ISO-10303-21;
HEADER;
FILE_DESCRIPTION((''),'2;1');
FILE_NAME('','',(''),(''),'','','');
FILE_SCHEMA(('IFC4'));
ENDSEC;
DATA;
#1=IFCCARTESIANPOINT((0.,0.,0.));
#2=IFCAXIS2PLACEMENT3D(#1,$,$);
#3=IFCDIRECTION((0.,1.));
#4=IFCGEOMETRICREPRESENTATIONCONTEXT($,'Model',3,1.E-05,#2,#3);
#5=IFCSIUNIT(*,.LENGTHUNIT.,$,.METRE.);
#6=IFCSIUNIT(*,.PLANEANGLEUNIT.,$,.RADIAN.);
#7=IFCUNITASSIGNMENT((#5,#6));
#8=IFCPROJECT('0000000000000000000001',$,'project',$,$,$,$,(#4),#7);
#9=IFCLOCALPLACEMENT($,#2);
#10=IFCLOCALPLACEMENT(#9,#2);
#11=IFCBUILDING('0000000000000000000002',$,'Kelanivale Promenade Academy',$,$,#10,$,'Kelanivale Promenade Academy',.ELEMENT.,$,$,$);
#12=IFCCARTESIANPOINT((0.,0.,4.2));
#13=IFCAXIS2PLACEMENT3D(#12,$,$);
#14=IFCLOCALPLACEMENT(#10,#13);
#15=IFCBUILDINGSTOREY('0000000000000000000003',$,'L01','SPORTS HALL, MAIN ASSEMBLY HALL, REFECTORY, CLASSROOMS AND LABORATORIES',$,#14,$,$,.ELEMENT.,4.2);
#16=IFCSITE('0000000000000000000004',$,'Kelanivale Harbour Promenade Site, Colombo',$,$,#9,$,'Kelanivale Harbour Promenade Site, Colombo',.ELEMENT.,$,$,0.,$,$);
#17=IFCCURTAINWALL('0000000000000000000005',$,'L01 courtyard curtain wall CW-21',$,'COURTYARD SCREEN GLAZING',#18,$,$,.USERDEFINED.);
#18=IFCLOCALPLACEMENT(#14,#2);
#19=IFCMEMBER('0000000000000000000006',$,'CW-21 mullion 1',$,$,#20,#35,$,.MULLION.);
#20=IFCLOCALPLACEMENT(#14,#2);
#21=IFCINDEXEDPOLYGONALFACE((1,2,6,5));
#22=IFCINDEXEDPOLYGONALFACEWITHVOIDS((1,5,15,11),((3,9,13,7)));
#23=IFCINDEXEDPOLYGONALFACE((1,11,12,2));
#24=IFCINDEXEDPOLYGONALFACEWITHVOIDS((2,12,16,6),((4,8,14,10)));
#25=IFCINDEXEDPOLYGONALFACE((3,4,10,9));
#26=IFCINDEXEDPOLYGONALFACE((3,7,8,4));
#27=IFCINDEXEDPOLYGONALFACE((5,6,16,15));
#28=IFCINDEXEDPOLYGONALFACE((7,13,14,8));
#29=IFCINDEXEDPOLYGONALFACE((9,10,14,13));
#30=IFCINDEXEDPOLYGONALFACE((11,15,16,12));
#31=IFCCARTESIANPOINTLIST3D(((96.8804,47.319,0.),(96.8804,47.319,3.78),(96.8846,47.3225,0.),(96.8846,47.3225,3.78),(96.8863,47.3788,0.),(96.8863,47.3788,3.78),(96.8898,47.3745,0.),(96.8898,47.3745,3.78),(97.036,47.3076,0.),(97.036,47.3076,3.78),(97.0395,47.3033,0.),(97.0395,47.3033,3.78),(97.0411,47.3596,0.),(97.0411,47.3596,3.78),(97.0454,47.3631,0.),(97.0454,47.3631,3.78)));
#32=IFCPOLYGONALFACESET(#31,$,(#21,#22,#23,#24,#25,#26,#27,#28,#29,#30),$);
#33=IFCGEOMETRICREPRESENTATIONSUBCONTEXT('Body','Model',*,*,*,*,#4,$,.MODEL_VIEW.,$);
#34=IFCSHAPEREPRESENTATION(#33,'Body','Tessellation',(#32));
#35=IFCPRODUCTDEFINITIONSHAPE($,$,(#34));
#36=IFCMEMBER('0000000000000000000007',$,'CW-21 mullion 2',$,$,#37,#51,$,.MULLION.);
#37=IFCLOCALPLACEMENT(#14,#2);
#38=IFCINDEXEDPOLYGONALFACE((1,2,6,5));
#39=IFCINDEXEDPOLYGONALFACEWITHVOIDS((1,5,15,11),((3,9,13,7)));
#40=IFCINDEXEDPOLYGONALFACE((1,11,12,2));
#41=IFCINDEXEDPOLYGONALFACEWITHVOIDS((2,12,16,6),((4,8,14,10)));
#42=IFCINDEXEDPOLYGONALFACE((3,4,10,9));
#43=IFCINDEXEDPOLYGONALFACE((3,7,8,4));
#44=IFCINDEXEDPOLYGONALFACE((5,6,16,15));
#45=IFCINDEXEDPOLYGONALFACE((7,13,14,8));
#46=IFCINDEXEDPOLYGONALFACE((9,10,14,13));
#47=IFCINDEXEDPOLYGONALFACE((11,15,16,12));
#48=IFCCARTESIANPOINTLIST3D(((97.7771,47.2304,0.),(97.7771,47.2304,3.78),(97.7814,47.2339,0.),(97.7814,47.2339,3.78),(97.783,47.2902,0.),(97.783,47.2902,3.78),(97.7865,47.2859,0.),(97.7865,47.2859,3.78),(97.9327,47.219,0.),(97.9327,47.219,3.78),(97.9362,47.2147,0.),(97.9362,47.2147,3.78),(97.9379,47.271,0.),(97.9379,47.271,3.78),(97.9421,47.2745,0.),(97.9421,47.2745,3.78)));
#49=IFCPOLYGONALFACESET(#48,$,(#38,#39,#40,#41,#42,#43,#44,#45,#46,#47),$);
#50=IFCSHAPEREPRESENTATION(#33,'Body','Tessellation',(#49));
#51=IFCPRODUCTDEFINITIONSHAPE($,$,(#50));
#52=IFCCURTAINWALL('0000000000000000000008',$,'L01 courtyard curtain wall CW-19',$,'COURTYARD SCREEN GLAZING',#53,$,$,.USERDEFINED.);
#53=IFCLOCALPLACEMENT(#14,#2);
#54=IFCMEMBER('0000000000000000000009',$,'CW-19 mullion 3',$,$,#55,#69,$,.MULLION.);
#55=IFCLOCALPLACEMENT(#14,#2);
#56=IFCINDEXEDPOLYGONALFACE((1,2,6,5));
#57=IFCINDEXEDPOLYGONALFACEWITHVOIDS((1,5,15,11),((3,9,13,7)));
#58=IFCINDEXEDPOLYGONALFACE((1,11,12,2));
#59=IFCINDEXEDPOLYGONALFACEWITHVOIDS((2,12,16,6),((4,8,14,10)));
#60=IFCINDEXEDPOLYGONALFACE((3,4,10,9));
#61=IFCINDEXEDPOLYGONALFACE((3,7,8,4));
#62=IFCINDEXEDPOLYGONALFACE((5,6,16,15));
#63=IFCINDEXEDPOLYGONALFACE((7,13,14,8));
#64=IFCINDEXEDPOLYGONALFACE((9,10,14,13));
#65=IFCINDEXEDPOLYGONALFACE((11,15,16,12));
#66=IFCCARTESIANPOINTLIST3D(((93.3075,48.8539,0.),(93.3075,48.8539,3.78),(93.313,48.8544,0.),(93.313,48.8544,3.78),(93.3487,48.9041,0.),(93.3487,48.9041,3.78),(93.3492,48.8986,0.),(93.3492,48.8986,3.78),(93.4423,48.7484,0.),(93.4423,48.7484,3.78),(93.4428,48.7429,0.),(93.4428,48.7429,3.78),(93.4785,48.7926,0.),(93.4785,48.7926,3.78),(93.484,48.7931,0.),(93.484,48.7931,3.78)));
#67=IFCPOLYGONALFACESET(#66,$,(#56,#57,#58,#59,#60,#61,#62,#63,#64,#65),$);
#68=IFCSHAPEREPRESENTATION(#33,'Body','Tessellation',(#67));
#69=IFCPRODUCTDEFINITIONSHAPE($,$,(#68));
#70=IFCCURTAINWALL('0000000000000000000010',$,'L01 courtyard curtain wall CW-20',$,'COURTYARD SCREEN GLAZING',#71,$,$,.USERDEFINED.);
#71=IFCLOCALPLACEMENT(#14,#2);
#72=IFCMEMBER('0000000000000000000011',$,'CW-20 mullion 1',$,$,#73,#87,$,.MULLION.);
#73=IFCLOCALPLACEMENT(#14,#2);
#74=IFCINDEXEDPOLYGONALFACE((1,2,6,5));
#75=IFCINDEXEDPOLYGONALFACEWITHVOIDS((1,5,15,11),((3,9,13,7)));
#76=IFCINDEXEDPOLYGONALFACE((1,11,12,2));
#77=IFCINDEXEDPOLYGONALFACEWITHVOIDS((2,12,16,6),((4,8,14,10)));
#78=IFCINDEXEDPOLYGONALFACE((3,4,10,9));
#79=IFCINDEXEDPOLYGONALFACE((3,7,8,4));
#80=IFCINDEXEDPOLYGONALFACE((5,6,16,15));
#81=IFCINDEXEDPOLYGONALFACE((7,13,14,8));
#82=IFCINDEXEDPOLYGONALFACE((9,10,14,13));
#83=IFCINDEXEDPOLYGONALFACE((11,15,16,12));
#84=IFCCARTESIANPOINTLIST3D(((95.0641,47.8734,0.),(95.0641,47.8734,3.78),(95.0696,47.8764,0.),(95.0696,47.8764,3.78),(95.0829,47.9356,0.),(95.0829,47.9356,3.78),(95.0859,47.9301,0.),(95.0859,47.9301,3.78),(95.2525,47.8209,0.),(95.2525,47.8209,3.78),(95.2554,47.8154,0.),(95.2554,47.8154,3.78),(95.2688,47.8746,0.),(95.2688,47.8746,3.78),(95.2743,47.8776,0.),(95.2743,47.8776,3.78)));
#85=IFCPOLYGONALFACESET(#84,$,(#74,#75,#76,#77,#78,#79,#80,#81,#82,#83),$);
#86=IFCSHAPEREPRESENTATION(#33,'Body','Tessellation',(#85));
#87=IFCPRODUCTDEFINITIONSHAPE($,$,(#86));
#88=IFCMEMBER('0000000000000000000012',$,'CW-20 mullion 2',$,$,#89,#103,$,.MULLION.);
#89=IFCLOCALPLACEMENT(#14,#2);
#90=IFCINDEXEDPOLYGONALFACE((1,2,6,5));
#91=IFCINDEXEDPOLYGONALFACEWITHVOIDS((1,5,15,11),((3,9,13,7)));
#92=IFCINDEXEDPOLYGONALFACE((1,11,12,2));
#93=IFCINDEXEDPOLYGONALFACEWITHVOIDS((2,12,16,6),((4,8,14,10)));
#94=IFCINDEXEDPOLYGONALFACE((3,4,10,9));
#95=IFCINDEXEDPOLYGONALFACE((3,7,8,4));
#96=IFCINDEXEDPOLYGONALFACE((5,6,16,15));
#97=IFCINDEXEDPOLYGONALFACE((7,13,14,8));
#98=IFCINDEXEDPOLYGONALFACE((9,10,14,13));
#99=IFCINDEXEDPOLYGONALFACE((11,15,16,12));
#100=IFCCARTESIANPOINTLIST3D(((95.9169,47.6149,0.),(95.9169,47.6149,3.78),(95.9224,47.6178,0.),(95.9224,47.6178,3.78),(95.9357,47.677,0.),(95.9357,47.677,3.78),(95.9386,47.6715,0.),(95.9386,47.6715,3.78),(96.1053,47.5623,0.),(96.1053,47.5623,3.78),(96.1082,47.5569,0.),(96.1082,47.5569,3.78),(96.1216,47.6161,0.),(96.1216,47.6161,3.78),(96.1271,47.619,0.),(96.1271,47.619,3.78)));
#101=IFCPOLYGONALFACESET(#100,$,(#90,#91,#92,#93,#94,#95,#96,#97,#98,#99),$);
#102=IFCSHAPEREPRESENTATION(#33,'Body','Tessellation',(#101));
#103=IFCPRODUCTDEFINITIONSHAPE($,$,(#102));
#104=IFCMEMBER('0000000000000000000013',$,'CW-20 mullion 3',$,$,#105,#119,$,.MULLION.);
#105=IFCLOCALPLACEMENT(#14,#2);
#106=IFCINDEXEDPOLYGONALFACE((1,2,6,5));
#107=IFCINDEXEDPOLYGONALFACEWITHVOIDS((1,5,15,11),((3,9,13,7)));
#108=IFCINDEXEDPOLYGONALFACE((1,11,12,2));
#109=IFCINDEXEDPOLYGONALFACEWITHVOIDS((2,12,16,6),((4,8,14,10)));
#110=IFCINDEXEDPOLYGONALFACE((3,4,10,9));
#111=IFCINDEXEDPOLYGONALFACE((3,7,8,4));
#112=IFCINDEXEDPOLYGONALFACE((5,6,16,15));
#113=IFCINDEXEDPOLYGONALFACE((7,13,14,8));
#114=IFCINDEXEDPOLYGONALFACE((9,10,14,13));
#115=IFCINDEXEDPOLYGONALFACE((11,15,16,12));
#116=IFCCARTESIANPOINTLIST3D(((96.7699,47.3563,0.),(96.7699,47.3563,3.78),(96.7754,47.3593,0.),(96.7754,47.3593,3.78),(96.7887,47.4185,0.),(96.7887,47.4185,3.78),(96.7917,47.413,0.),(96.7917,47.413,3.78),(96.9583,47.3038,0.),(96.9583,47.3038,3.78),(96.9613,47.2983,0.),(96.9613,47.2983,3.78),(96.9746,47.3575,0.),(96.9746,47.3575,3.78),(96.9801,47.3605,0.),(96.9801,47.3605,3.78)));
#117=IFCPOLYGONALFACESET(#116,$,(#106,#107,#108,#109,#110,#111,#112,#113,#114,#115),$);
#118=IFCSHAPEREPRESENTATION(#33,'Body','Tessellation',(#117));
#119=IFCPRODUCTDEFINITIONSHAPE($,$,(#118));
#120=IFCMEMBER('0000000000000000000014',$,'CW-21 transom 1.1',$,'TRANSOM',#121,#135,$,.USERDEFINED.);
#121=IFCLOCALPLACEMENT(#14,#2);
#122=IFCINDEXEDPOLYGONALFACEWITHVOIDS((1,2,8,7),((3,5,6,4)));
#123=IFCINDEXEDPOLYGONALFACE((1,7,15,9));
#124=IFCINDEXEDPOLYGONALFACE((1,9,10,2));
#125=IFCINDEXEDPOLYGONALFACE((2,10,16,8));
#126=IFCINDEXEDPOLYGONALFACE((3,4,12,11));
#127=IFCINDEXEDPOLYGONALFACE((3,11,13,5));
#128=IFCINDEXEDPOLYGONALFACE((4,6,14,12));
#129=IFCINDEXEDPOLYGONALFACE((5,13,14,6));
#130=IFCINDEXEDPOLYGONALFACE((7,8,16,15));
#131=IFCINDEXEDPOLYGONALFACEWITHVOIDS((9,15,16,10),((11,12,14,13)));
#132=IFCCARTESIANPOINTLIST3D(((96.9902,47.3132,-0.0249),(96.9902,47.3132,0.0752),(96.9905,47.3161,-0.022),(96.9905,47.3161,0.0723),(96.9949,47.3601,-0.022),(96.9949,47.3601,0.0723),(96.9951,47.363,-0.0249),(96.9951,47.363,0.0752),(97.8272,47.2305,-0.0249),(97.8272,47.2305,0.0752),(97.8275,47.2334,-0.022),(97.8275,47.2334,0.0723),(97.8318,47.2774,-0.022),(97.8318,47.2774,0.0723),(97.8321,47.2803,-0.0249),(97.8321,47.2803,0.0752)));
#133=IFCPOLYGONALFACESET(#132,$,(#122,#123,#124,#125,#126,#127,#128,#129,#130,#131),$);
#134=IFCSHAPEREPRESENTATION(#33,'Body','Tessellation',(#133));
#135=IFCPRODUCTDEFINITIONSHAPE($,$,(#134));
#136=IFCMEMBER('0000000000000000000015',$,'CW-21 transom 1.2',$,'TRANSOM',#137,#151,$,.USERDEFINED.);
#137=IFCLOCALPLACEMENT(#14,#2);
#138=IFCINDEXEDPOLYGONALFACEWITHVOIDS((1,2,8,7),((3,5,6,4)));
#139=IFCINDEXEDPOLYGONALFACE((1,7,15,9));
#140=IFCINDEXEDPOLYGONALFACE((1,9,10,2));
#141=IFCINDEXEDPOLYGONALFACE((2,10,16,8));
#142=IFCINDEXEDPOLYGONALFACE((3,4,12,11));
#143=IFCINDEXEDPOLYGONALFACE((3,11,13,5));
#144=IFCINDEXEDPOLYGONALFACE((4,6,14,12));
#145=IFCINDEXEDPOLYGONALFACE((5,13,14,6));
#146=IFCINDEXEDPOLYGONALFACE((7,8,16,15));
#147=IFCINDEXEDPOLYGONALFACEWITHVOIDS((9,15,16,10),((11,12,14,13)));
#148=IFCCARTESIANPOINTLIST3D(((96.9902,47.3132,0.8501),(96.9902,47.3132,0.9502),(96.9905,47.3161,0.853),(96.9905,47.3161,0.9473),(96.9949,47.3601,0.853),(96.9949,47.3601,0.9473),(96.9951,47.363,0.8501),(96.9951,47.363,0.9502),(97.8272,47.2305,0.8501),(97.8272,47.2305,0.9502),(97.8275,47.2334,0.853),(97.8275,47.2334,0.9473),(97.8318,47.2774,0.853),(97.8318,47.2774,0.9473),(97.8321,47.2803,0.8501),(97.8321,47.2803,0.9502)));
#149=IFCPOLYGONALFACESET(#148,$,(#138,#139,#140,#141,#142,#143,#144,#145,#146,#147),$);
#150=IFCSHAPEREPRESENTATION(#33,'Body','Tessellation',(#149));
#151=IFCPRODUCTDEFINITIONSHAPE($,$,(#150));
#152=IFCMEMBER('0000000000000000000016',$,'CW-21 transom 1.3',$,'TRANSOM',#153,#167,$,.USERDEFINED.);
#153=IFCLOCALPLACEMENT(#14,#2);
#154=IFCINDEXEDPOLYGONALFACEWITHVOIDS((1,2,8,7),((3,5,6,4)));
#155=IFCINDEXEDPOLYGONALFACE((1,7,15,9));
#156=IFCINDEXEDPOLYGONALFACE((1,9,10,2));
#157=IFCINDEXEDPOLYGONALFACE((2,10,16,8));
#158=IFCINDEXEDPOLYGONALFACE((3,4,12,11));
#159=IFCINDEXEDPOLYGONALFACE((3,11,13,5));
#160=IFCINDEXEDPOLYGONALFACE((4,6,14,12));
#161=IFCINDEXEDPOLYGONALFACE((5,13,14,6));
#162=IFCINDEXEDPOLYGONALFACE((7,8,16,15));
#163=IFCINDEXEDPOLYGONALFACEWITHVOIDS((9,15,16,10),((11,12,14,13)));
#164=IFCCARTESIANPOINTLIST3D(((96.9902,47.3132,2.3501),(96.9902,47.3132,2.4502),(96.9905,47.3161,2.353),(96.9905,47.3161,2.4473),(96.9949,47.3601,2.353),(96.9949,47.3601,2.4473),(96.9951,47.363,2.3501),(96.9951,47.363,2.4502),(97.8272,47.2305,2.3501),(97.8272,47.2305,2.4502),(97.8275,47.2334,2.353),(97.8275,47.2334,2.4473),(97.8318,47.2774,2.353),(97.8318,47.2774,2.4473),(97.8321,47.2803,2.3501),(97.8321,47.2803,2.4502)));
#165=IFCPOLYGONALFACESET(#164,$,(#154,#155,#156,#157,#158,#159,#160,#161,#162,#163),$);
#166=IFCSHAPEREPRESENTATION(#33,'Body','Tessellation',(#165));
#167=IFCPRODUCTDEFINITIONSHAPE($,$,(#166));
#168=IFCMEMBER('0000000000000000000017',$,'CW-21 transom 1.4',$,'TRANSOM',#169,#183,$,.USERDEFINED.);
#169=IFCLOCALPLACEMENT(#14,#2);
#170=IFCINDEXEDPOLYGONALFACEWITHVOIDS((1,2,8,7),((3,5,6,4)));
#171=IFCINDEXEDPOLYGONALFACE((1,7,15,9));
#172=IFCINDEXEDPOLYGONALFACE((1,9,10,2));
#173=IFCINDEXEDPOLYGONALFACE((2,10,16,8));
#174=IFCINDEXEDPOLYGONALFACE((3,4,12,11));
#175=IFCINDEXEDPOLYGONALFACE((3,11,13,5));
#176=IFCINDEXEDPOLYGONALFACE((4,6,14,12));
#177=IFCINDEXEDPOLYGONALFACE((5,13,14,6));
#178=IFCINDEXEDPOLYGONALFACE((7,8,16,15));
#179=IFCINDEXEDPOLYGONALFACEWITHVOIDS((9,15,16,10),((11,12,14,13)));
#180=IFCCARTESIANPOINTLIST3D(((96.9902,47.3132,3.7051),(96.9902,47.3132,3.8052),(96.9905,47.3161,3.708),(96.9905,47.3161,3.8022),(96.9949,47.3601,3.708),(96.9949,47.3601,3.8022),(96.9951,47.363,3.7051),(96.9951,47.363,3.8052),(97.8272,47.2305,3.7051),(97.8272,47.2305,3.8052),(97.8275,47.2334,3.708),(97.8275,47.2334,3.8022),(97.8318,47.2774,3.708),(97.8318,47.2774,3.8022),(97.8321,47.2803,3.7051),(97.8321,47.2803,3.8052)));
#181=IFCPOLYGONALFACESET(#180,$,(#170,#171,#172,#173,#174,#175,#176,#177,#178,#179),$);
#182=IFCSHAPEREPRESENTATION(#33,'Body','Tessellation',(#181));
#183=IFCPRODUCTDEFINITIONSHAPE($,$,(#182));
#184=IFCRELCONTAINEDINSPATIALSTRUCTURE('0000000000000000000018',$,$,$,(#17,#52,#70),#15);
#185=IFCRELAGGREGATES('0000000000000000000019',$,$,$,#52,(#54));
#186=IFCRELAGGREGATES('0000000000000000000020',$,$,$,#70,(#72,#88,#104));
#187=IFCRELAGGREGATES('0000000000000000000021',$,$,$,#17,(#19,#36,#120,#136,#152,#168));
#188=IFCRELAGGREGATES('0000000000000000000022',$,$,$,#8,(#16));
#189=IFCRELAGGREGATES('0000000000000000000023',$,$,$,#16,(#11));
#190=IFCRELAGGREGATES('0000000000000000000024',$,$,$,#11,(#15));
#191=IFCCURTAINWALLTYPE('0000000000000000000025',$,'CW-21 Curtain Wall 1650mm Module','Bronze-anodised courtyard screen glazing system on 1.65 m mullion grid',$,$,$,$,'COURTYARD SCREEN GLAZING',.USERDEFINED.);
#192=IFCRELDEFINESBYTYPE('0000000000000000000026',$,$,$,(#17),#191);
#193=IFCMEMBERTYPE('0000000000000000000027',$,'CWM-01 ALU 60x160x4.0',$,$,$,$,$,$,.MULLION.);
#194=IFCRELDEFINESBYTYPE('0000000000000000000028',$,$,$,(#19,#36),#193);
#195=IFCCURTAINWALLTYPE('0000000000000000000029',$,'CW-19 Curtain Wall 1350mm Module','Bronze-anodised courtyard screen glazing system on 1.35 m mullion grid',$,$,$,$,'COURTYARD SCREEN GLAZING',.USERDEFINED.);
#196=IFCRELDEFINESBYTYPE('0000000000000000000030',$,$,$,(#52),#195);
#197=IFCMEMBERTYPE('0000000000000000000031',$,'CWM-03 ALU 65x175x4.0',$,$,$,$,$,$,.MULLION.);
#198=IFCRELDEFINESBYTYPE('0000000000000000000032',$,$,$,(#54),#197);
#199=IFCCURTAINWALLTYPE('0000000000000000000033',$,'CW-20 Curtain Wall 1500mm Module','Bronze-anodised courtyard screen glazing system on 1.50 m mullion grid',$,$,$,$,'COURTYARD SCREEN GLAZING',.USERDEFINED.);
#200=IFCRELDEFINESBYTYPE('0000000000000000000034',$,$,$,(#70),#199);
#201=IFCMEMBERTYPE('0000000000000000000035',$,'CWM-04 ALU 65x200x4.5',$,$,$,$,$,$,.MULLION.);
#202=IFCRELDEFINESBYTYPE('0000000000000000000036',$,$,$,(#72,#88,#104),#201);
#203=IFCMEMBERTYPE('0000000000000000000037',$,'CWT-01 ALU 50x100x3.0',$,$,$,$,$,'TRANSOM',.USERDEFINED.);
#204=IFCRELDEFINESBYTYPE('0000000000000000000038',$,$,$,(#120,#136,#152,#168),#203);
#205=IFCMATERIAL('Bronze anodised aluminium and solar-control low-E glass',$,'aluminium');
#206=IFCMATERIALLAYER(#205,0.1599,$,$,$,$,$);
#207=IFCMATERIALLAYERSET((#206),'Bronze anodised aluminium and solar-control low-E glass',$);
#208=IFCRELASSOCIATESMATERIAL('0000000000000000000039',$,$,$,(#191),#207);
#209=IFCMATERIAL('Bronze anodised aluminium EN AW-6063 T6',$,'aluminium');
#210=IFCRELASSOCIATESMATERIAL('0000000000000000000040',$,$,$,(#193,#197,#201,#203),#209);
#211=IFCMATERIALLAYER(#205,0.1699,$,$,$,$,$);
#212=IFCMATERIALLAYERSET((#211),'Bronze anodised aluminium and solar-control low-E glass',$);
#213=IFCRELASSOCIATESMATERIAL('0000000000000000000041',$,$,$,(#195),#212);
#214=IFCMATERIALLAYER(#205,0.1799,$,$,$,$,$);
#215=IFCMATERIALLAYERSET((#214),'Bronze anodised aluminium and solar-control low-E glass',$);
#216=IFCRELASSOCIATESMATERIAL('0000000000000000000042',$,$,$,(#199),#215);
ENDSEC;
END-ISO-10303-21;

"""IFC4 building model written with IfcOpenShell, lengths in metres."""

from ifc_helpers import new_model, si_unit, direction, frame, origin, origin_2d, place, context, subcontext, project, spatial, hollow_rectangle, extrude, material, layer, layer_set, material_profile, profile_set, type_object, element, aggregate, save


model = new_model("IFC4")

# Units and contexts
model_context = context("Model", 3, precision=1e-05, world=origin(), true_north=direction((0.0, 1.0)))
body_context = subcontext(model_context, "Body", "Model", "MODEL_VIEW")
ifc_project = project(units=[si_unit("LENGTHUNIT", "METRE"), si_unit("PLANEANGLEUNIT", "RADIAN")], contexts=[model_context])

# Site, building, storey
site_placement = place(None, origin())
site = spatial("IfcSite", under=ifc_project, at=site_placement, Name="Kelanivale Harbour Promenade Site, Colombo", LongName="Kelanivale Harbour Promenade Site, Colombo", CompositionType="ELEMENT", RefElevation=0.0)
building_placement = place(site_placement, origin())
building = spatial("IfcBuilding", under=site, at=building_placement, Name="Kelanivale Promenade Academy", LongName="Kelanivale Promenade Academy", CompositionType="ELEMENT")
storey_placement = place(building_placement, frame((0.0, 0.0, 4.2)))
storey = spatial("IfcBuildingStorey", under=building, at=storey_placement, Name="L01", Description="SPORTS HALL, MAIN ASSEMBLY HALL, REFECTORY, CLASSROOMS AND LABORATORIES", CompositionType="ELEMENT", Elevation=4.2)

# Curtain wall, members
ifc_material_1 = material(Name="Bronze anodised aluminium and solar-control low-E glass", Category="aluminium")
ifc_layer_1 = layer(ifc_material_1, 0.1599)
ifc_layer_set_1 = layer_set([ifc_layer_1], Name="Bronze anodised aluminium and solar-control low-E glass")
curtain_wall_type_1 = type_object("IfcCurtainWallType", Name="CW-21 Curtain Wall 1650mm Module", Description="Bronze-anodised courtyard screen glazing system on 1.65 m mullion grid", ElementType="COURTYARD SCREEN GLAZING", PredefinedType="USERDEFINED", material=ifc_layer_set_1)
curtain_wall_1_placement = place(storey_placement, origin())
curtain_wall_1 = element("IfcCurtainWall", 1, at=curtain_wall_1_placement, inside=storey, type_object=curtain_wall_type_1, Name="L01 courtyard curtain wall CW-21", ObjectType="COURTYARD SCREEN GLAZING", PredefinedType="USERDEFINED")
ifc_material_2 = material(Name="Bronze anodised aluminium EN AW-6063 T6", Category="aluminium")
ifc_material_profile_1 = material_profile(ifc_material_2, hollow_rectangle(XDim=0.0601, YDim=0.1599, WallThickness=0.0039, at=origin_2d()), Name="ALU 60x160x4.0")
ifc_profile_set_1 = profile_set([ifc_material_profile_1], Name="Bronze anodised aluminium EN AW-6063 T6")
member_type_1 = type_object("IfcMemberType", Name="CWM-01 ALU 60x160x4.0", PredefinedType="MULLION", material=ifc_profile_set_1)
member_1_placement = place(storey_placement, frame((96.9629, 47.3411, 0.0), z_axis=(0.0, 0.0, 1.0), x_axis=(0.098281, 0.995159, 0.0)))
member_1 = element("IfcMember", 2, at=member_1_placement, type_object=member_type_1, Name="CW-21 mullion 1", PredefinedType="MULLION", context=body_context, shape_type="SweptSolid", body=[
    extrude(hollow_rectangle(XDim=0.0601, YDim=0.1599, WallThickness=0.0039, at=origin_2d()), origin(), (0.0, 0.0, 1.0), 3.78),
])
member_2_placement = place(storey_placement, frame((97.8596, 47.2524, 0.0), z_axis=(0.0, 0.0, 1.0), x_axis=(0.098281, 0.995159, 0.0)))
member_2 = element("IfcMember", 3, at=member_2_placement, type_object=member_type_1, Name="CW-21 mullion 2", PredefinedType="MULLION", context=body_context, shape_type="SweptSolid", body=[
    extrude(hollow_rectangle(XDim=0.0601, YDim=0.1599, WallThickness=0.0039, at=origin_2d()), origin(), (0.0, 0.0, 1.0), 3.78),
])

# Curtain wall, member
ifc_layer_2 = layer(ifc_material_1, 0.1699)
ifc_layer_set_2 = layer_set([ifc_layer_2], Name="Bronze anodised aluminium and solar-control low-E glass")
curtain_wall_type_2 = type_object("IfcCurtainWallType", Name="CW-19 Curtain Wall 1350mm Module", Description="Bronze-anodised courtyard screen glazing system on 1.35 m mullion grid", ElementType="COURTYARD SCREEN GLAZING", PredefinedType="USERDEFINED", material=ifc_layer_set_2)
curtain_wall_2_placement = place(storey_placement, origin())
curtain_wall_2 = element("IfcCurtainWall", 4, at=curtain_wall_2_placement, inside=storey, type_object=curtain_wall_type_2, Name="L01 courtyard curtain wall CW-19", ObjectType="COURTYARD SCREEN GLAZING", PredefinedType="USERDEFINED")
ifc_material_profile_2 = material_profile(ifc_material_2, hollow_rectangle(XDim=0.0649, YDim=0.175, WallThickness=0.0039, at=origin_2d()), Name="ALU 65x175x4.0")
ifc_profile_set_2 = profile_set([ifc_material_profile_2], Name="Bronze anodised aluminium EN AW-6063 T6")
member_type_2 = type_object("IfcMemberType", Name="CWM-03 ALU 65x175x4.0", PredefinedType="MULLION", material=ifc_profile_set_2)
member_3_placement = place(storey_placement, frame((93.3958, 48.8235, 0.0), z_axis=(0.0, 0.0, 1.0), x_axis=(0.634093, 0.773257, 0.0)))
member_3 = element("IfcMember", 5, at=member_3_placement, type_object=member_type_2, Name="CW-19 mullion 3", PredefinedType="MULLION", context=body_context, shape_type="SweptSolid", body=[
    extrude(hollow_rectangle(XDim=0.0649, YDim=0.175, WallThickness=0.0039, at=origin_2d()), origin(), (0.0, 0.0, 1.0), 3.78),
])

# Curtain wall, members
ifc_layer_3 = layer(ifc_material_1, 0.1799)
ifc_layer_set_3 = layer_set([ifc_layer_3], Name="Bronze anodised aluminium and solar-control low-E glass")
curtain_wall_type_3 = type_object("IfcCurtainWallType", Name="CW-20 Curtain Wall 1500mm Module", Description="Bronze-anodised courtyard screen glazing system on 1.50 m mullion grid", ElementType="COURTYARD SCREEN GLAZING", PredefinedType="USERDEFINED", material=ifc_layer_set_3)
curtain_wall_3_placement = place(storey_placement, origin())
curtain_wall_3 = element("IfcCurtainWall", 6, at=curtain_wall_3_placement, inside=storey, type_object=curtain_wall_type_3, Name="L01 courtyard curtain wall CW-20", ObjectType="COURTYARD SCREEN GLAZING", PredefinedType="USERDEFINED")
ifc_material_profile_3 = material_profile(ifc_material_2, hollow_rectangle(XDim=0.0649, YDim=0.2, WallThickness=0.0044, at=origin_2d()), Name="ALU 65x200x4.5")
ifc_profile_set_3 = profile_set([ifc_material_profile_3], Name="Bronze anodised aluminium EN AW-6063 T6")
member_type_3 = type_object("IfcMemberType", Name="CWM-04 ALU 65x200x4.5", PredefinedType="MULLION", material=ifc_profile_set_3)
member_4_placement = place(storey_placement, frame((95.1692, 47.8755, 0.0), z_axis=(0.0, 0.0, 1.0), x_axis=(0.290128, 0.956988, 0.0)))
member_4 = element("IfcMember", 7, at=member_4_placement, type_object=member_type_3, Name="CW-20 mullion 1", PredefinedType="MULLION", context=body_context, shape_type="SweptSolid", body=[
    extrude(hollow_rectangle(XDim=0.0649, YDim=0.2, WallThickness=0.0044, at=origin_2d()), origin(), (0.0, 0.0, 1.0), 3.78),
])
member_5_placement = place(storey_placement, frame((96.022, 47.6169, 0.0), z_axis=(0.0, 0.0, 1.0), x_axis=(0.290128, 0.956988, 0.0)))
member_5 = element("IfcMember", 8, at=member_5_placement, type_object=member_type_3, Name="CW-20 mullion 2", PredefinedType="MULLION", context=body_context, shape_type="SweptSolid", body=[
    extrude(hollow_rectangle(XDim=0.0649, YDim=0.2, WallThickness=0.0044, at=origin_2d()), origin(), (0.0, 0.0, 1.0), 3.78),
])
member_6_placement = place(storey_placement, frame((96.875, 47.3584, 0.0), z_axis=(0.0, 0.0, 1.0), x_axis=(0.290128, 0.956988, 0.0)))
member_6 = element("IfcMember", 9, at=member_6_placement, type_object=member_type_3, Name="CW-20 mullion 3", PredefinedType="MULLION", context=body_context, shape_type="SweptSolid", body=[
    extrude(hollow_rectangle(XDim=0.0649, YDim=0.2, WallThickness=0.0044, at=origin_2d()), origin(), (0.0, 0.0, 1.0), 3.78),
])

# Members
ifc_material_profile_4 = material_profile(ifc_material_2, hollow_rectangle(XDim=0.05, YDim=0.1001, WallThickness=0.0029, at=origin_2d()), Name="ALU 50x100x3.0")
ifc_profile_set_4 = profile_set([ifc_material_profile_4], Name="Bronze anodised aluminium EN AW-6063 T6")
member_type_4 = type_object("IfcMemberType", Name="CWT-01 ALU 50x100x3.0", ElementType="TRANSOM", PredefinedType="USERDEFINED", material=ifc_profile_set_4)
member_7_placement = place(storey_placement, frame((96.9927, 47.3381, 0.0251), z_axis=(0.995146, -0.098411, 0.0), x_axis=(0.098411, 0.995146, 0.0)))
member_7 = element("IfcMember", 10, at=member_7_placement, type_object=member_type_4, Name="CW-21 transom 1.1", ObjectType="TRANSOM", PredefinedType="USERDEFINED", context=body_context, shape_type="SweptSolid", body=[
    extrude(hollow_rectangle(XDim=0.05, YDim=0.1001, WallThickness=0.0029, at=origin_2d()), origin(), (0.0, 0.0, 1.0), 0.8411),
])
member_8_placement = place(storey_placement, frame((96.9927, 47.3381, 0.9001), z_axis=(0.995146, -0.098411, 0.0), x_axis=(0.098411, 0.995146, 0.0)))
member_8 = element("IfcMember", 11, at=member_8_placement, type_object=member_type_4, Name="CW-21 transom 1.2", ObjectType="TRANSOM", PredefinedType="USERDEFINED", context=body_context, shape_type="SweptSolid", body=[
    extrude(hollow_rectangle(XDim=0.05, YDim=0.1001, WallThickness=0.0029, at=origin_2d()), origin(), (0.0, 0.0, 1.0), 0.8411),
])
member_9_placement = place(storey_placement, frame((96.9927, 47.3381, 2.4001), z_axis=(0.995146, -0.098411, 0.0), x_axis=(0.098411, 0.995146, 0.0)))
member_9 = element("IfcMember", 12, at=member_9_placement, type_object=member_type_4, Name="CW-21 transom 1.3", ObjectType="TRANSOM", PredefinedType="USERDEFINED", context=body_context, shape_type="SweptSolid", body=[
    extrude(hollow_rectangle(XDim=0.05, YDim=0.1001, WallThickness=0.0029, at=origin_2d()), origin(), (0.0, 0.0, 1.0), 0.8411),
])
member_10_placement = place(storey_placement, frame((96.9927, 47.3381, 3.7551), z_axis=(0.995146, -0.098411, 0.0), x_axis=(0.098411, 0.995146, 0.0)))
member_10 = element("IfcMember", 13, at=member_10_placement, type_object=member_type_4, Name="CW-21 transom 1.4", ObjectType="TRANSOM", PredefinedType="USERDEFINED", context=body_context, shape_type="SweptSolid", body=[
    extrude(hollow_rectangle(XDim=0.05, YDim=0.1001, WallThickness=0.0029, at=origin_2d()), origin(), (0.0, 0.0, 1.0), 0.8411),
])

aggregate(curtain_wall_2, [member_3])
aggregate(curtain_wall_3, [member_4, member_5, member_6])
aggregate(curtain_wall_1, [member_1, member_2, member_7, member_8, member_9, member_10])

save(model, "model.ifc")
